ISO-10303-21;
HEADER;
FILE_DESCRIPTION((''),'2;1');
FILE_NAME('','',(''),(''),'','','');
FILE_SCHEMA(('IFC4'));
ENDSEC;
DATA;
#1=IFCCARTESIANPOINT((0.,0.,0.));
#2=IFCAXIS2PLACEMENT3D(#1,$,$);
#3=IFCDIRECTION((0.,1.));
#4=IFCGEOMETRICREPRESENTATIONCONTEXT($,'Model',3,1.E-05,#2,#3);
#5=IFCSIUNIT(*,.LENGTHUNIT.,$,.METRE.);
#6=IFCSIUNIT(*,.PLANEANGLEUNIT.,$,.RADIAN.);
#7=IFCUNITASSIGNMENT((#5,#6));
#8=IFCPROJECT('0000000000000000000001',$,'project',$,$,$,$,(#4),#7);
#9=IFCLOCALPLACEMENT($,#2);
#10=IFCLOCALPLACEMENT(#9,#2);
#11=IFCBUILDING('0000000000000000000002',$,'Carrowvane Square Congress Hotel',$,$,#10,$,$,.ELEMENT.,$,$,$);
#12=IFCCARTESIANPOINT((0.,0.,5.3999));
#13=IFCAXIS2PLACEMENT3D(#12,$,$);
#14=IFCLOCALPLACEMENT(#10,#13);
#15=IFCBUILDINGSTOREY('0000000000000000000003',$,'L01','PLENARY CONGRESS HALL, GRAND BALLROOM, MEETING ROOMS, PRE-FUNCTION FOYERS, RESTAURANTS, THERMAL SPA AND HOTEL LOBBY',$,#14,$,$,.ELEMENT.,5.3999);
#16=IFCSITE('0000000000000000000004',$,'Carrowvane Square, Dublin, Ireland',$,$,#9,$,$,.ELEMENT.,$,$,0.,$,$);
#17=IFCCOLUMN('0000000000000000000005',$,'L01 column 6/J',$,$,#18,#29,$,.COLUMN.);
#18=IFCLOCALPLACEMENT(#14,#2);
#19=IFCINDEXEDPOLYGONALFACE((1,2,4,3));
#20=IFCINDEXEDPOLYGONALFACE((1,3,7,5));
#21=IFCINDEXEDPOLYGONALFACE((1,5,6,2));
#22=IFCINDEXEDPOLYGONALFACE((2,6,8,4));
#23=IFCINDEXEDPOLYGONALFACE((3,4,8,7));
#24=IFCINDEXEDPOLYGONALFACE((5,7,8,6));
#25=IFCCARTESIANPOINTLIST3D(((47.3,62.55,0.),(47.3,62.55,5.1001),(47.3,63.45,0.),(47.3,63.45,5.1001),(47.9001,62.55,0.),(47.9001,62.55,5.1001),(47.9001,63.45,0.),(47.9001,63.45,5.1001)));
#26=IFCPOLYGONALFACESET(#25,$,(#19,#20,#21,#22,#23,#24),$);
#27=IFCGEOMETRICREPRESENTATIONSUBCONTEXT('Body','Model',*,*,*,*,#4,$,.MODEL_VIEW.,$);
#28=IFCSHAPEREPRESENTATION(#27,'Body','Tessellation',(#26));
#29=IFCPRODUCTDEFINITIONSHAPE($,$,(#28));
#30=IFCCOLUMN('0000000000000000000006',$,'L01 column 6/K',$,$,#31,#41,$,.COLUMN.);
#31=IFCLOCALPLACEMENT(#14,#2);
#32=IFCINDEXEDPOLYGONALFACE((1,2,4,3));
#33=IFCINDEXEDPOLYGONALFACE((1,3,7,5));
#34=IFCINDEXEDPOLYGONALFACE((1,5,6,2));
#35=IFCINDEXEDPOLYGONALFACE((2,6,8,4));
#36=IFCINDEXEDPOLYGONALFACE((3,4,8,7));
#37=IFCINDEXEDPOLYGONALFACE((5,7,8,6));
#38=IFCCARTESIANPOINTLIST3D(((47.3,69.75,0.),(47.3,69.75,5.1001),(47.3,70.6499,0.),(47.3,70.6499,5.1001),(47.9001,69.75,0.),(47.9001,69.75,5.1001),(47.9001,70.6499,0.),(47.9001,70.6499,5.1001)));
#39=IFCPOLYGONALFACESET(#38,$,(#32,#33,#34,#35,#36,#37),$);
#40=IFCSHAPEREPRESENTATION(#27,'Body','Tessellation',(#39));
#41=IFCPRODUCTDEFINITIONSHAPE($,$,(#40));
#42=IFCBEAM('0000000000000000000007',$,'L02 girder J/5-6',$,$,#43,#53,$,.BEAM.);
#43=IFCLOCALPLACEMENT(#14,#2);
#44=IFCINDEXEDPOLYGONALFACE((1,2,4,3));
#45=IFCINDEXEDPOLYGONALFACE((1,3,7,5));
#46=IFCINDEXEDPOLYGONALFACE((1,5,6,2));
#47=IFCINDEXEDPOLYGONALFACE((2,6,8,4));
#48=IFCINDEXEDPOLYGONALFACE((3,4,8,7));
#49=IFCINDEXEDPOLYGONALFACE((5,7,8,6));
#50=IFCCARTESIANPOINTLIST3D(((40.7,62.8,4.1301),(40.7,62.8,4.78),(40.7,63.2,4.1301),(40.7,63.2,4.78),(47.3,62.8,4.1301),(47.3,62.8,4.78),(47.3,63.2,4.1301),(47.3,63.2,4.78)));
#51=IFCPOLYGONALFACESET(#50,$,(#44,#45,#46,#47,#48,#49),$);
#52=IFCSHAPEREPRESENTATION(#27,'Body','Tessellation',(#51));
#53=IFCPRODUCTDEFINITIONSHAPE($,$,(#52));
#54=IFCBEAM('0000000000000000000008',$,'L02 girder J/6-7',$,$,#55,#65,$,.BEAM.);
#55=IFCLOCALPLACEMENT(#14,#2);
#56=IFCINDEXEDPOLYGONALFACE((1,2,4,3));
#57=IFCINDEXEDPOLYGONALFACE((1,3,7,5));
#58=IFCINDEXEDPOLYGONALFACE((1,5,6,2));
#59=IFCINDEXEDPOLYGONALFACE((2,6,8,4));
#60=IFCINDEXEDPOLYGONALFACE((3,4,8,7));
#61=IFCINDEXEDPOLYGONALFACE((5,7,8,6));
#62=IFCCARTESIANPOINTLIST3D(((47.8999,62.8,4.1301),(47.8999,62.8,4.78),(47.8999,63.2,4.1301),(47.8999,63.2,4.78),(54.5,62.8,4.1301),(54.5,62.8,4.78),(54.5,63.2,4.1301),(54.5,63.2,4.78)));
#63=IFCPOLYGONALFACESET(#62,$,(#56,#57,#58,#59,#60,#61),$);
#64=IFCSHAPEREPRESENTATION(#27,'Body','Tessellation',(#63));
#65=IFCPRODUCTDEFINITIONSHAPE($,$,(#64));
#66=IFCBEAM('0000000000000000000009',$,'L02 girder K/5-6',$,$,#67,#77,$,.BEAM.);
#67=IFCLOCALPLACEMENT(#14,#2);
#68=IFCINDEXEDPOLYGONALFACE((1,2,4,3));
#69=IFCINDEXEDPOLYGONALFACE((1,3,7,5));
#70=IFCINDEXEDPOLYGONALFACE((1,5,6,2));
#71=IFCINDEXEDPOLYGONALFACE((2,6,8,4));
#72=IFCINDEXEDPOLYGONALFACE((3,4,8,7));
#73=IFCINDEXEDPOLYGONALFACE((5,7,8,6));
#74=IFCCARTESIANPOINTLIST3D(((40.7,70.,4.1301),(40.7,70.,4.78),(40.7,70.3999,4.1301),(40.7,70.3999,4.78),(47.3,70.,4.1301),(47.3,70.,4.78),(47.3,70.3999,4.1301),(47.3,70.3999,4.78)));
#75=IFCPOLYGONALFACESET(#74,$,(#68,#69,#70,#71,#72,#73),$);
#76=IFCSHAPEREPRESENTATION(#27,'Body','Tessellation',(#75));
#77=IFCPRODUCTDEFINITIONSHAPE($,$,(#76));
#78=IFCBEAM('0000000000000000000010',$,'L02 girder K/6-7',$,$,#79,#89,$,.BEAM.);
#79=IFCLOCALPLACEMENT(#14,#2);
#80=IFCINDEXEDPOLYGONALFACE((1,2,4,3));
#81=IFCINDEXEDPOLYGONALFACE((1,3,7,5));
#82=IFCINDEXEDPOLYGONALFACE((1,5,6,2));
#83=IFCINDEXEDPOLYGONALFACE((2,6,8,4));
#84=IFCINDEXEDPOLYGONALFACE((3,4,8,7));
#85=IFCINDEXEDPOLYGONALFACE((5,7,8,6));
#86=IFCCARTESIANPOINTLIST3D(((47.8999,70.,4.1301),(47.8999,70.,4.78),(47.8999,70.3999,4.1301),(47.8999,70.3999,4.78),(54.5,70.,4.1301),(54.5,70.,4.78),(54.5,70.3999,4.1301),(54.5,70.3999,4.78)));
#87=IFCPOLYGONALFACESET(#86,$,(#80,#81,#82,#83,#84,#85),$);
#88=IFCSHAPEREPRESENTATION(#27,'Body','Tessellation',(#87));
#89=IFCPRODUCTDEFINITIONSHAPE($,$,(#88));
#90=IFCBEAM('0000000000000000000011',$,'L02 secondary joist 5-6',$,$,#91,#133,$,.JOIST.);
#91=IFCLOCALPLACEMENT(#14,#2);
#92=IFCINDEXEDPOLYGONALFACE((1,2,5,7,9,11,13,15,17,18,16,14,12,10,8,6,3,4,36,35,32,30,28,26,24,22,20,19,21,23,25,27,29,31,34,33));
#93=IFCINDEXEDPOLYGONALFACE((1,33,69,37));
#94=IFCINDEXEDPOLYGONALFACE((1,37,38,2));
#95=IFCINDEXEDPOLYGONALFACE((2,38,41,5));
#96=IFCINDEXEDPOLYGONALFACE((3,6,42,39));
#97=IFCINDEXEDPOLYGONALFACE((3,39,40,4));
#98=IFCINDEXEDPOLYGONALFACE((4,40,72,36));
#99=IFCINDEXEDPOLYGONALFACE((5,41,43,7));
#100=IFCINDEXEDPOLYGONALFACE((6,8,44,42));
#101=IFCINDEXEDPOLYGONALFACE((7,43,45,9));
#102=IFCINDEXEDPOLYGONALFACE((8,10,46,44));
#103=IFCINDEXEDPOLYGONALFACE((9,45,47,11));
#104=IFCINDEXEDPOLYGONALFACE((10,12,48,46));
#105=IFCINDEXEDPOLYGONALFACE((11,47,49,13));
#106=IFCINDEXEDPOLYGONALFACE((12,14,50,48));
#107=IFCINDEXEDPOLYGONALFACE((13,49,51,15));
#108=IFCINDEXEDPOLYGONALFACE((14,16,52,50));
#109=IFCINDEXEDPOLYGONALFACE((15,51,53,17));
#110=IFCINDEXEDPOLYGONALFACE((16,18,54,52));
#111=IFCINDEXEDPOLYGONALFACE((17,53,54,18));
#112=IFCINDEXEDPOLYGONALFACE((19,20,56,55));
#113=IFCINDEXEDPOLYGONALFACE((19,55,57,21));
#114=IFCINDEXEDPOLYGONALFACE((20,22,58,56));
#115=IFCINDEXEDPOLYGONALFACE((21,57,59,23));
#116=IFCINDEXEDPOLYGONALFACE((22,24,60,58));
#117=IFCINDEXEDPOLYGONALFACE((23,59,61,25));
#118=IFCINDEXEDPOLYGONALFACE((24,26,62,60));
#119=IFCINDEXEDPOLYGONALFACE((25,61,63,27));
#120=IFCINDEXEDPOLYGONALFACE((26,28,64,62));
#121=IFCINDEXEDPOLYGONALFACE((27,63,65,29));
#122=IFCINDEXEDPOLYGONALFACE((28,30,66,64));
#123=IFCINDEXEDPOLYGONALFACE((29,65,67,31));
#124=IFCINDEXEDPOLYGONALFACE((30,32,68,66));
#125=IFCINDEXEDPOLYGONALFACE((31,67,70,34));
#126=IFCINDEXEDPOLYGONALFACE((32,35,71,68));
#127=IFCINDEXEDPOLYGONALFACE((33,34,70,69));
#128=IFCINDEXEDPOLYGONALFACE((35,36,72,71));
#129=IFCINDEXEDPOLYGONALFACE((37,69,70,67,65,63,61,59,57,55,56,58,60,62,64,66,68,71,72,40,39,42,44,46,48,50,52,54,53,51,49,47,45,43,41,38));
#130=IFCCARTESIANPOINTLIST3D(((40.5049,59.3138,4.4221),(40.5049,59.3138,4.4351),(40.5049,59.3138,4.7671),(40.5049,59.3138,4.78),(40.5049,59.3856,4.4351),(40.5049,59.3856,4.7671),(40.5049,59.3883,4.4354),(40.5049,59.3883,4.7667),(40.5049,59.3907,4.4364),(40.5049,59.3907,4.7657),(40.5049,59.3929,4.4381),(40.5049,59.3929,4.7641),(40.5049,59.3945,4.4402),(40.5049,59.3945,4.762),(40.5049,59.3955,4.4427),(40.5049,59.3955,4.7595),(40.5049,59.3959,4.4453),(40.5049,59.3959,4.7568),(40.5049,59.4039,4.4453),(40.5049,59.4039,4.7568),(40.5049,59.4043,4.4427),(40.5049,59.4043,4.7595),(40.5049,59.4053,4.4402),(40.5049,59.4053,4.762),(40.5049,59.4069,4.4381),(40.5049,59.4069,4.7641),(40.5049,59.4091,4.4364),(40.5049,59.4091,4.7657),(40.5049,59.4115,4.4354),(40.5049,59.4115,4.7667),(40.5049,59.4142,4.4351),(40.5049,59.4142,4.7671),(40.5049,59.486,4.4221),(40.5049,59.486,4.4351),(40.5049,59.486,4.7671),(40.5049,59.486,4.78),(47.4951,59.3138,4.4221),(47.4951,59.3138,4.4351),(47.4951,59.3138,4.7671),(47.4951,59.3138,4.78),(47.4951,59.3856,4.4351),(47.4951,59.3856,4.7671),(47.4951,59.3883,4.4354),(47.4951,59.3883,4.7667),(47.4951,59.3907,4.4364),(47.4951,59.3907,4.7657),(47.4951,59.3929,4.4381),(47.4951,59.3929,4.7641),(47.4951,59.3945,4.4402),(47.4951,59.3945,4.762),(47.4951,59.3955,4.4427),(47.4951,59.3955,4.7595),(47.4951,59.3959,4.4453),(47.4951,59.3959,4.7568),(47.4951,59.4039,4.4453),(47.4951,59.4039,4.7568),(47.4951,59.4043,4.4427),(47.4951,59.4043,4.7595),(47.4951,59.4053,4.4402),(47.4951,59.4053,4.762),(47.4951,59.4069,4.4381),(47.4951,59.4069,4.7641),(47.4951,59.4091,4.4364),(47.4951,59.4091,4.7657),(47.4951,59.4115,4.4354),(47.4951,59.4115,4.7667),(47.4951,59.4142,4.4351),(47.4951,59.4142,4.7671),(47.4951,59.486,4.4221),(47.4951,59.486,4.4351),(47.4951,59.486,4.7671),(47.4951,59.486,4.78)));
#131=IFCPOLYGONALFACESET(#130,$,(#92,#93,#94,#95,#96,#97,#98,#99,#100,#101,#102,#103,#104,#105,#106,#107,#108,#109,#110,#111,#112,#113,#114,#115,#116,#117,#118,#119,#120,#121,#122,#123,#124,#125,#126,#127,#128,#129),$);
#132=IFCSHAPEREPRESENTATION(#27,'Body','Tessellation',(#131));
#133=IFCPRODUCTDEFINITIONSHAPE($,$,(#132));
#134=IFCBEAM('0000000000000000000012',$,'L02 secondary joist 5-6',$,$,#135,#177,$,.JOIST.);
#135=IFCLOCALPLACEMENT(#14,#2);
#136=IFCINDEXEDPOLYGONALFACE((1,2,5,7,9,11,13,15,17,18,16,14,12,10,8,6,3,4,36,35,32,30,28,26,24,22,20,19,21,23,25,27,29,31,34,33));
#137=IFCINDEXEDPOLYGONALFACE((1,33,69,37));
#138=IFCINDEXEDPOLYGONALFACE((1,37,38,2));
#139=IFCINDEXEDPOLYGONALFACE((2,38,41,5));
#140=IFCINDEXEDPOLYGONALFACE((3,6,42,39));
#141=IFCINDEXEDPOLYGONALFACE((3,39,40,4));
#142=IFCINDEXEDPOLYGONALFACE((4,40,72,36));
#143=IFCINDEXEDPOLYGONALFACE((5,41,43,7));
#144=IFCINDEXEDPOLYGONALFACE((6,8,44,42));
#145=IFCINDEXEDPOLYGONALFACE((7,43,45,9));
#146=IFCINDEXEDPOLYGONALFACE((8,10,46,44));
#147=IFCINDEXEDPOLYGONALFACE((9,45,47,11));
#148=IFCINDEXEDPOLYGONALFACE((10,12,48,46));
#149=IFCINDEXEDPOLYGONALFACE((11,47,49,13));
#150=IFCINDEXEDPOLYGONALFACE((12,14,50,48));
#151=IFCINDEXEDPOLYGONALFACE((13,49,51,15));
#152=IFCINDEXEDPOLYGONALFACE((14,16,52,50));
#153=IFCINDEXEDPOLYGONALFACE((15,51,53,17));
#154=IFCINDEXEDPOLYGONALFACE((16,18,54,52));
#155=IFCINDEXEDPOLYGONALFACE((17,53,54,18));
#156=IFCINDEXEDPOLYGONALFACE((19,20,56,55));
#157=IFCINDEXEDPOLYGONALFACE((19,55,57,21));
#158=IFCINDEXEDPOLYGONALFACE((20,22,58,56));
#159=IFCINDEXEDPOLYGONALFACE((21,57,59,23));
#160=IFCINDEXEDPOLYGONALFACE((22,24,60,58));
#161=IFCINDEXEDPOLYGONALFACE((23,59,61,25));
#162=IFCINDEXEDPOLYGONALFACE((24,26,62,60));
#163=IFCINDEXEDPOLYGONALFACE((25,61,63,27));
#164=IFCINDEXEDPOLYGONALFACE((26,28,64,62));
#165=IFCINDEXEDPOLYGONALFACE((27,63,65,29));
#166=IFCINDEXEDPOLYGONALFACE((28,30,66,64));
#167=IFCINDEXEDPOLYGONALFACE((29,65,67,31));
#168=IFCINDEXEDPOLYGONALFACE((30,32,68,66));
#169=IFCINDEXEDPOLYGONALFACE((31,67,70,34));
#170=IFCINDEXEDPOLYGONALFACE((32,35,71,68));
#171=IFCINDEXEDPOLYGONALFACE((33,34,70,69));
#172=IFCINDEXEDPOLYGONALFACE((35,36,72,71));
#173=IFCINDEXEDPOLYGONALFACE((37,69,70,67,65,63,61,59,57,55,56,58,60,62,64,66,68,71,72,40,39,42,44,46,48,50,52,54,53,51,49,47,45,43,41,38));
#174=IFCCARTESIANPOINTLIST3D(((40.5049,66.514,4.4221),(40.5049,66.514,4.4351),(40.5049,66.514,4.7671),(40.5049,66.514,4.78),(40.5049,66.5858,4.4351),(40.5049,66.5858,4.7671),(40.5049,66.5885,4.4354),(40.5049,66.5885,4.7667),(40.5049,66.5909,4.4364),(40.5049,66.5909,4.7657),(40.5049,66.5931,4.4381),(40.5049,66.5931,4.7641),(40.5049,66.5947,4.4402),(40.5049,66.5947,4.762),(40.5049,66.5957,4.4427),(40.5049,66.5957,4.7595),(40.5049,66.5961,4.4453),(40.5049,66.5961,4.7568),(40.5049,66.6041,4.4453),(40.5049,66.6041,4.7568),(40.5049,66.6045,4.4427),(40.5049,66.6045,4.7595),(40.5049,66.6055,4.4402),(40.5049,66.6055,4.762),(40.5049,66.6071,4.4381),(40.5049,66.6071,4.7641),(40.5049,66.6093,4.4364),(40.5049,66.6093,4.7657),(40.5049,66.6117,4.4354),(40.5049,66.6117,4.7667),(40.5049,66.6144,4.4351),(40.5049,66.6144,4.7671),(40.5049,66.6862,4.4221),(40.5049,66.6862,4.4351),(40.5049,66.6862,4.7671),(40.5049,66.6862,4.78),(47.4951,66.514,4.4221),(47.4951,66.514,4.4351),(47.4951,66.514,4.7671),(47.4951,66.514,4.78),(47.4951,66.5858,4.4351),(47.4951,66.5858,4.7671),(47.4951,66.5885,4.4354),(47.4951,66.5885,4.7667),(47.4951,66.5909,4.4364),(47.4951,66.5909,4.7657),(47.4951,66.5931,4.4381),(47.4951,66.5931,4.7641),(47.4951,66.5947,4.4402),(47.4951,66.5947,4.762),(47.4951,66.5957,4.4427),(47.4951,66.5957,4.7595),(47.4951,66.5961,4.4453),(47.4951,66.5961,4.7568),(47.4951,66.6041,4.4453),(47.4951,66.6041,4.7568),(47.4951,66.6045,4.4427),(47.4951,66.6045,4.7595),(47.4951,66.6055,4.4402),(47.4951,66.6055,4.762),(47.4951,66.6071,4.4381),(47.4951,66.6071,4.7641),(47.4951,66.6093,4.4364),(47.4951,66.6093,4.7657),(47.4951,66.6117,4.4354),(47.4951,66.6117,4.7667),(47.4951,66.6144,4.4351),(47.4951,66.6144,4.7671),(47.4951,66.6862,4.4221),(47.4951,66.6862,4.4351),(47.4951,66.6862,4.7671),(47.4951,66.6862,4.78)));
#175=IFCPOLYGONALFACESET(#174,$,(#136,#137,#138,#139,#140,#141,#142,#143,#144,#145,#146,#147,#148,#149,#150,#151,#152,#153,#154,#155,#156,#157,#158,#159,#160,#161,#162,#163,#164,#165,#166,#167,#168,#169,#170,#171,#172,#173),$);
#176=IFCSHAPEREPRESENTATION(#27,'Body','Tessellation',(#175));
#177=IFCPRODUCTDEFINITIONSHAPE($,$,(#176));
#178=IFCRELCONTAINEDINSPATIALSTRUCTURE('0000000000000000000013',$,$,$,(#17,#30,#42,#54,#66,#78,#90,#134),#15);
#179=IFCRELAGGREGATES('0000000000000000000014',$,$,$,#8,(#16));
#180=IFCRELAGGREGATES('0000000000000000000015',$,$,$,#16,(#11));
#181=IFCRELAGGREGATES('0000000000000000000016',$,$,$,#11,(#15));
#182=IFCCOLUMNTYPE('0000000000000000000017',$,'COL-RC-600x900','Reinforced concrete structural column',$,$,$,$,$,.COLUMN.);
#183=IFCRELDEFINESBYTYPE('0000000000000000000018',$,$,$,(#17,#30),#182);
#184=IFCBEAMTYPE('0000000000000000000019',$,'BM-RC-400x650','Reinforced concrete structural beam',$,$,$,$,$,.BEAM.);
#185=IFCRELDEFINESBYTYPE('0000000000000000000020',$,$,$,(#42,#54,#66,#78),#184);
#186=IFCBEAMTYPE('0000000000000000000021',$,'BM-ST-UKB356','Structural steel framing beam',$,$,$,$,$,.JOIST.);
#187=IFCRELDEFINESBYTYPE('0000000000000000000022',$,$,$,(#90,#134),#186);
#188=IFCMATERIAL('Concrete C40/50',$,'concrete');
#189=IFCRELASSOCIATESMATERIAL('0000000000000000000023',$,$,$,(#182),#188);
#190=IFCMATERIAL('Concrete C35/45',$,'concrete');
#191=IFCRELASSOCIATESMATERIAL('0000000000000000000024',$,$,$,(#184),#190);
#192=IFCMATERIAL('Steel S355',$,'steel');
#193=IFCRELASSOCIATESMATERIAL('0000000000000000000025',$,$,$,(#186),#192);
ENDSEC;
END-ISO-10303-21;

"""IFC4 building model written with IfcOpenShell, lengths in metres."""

from ifc_helpers import new_model, si_unit, direction, frame, origin, origin_2d, place, context, subcontext, project, spatial, rectangle, i_section, extrude, material, material_profile, profile_set, type_object, element, save


model = new_model("IFC4")

# Units and contexts
model_context = context("Model", 3, precision=1e-05, world=origin(), true_north=direction((0.0, 1.0)))
body_context = subcontext(model_context, "Body", "Model", "MODEL_VIEW")
ifc_project = project(units=[si_unit("LENGTHUNIT", "METRE"), si_unit("PLANEANGLEUNIT", "RADIAN")], contexts=[model_context])

# Site, building, storey
site_placement = place(None, origin())
site = spatial("IfcSite", under=ifc_project, at=site_placement, Name="Carrowvane Square, Dublin, Ireland", CompositionType="ELEMENT", RefElevation=0.0)
building_placement = place(site_placement, origin())
building = spatial("IfcBuilding", under=site, at=building_placement, Name="Carrowvane Square Congress Hotel", CompositionType="ELEMENT")
storey_placement = place(building_placement, frame((0.0, 0.0, 5.3999)))
storey = spatial("IfcBuildingStorey", under=building, at=storey_placement, Name="L01", Description="PLENARY CONGRESS HALL, GRAND BALLROOM, MEETING ROOMS, PRE-FUNCTION FOYERS, RESTAURANTS, THERMAL SPA AND HOTEL LOBBY", CompositionType="ELEMENT", Elevation=5.3999)

# Columns
ifc_material_1 = material(Name="Concrete C40/50", Category="concrete")
ifc_material_profile_1 = material_profile(ifc_material_1, rectangle(XDim=0.6001, YDim=0.8999, at=origin_2d()), Name="RC 600x900")
ifc_profile_set_1 = profile_set([ifc_material_profile_1], Name="Concrete C40/50")
column_type = type_object("IfcColumnType", Name="COL-RC-600x900", Description="Reinforced concrete structural column", PredefinedType="COLUMN", material=ifc_profile_set_1)
for number, where, z_axis, x_axis, name in (
    (1, (47.6001, 63.0, 0.0), (0.0, 0.0, 1.0), (1.0, 0.0, 0.0), "L01 column 6/J"),
    (2, (47.6001, 70.2, 0.0), (0.0, 0.0, 1.0), (1.0, 0.0, 0.0), "L01 column 6/K"),
):
    element("IfcColumn", number, at=place(storey_placement, frame(where, z_axis=z_axis, x_axis=x_axis)), inside=storey, type_object=column_type, Name=name, PredefinedType="COLUMN", context=body_context, shape_type="SweptSolid", body=[
        extrude(rectangle(XDim=0.6001, YDim=0.8999, at=origin_2d()), origin(), (0.0, 0.0, 1.0), 5.1001),
    ])

# Beams
ifc_material_2 = material(Name="Concrete C35/45", Category="concrete")
ifc_material_profile_2 = material_profile(ifc_material_2, rectangle(XDim=0.3999, YDim=0.6499, at=origin_2d()), Name="RC 400x650")
ifc_profile_set_2 = profile_set([ifc_material_profile_2], Name="Concrete C35/45")
beam_type_1 = type_object("IfcBeamType", Name="BM-RC-400x650", Description="Reinforced concrete structural beam", PredefinedType="BEAM", material=ifc_profile_set_2)
for number, where, z_axis, x_axis, name in (
    (3, (40.7, 63.0, 4.4551), (1.0, 0.0, 0.0), (0.0, 1.0, 0.0), "L02 girder J/5-6"),
    (4, (47.8999, 63.0, 4.4551), (1.0, 0.0, 0.0), (0.0, 1.0, 0.0), "L02 girder J/6-7"),
    (5, (40.7, 70.2, 4.4551), (1.0, 0.0, 0.0), (0.0, 1.0, 0.0), "L02 girder K/5-6"),
    (6, (47.8999, 70.2, 4.4551), (1.0, 0.0, 0.0), (0.0, 1.0, 0.0), "L02 girder K/6-7"),
):
    element("IfcBeam", number, at=place(storey_placement, frame(where, z_axis=z_axis, x_axis=x_axis)), inside=storey, type_object=beam_type_1, Name=name, PredefinedType="BEAM", context=body_context, shape_type="SweptSolid", body=[
        extrude(rectangle(XDim=0.3999, YDim=0.6499, at=origin_2d()), origin(), (0.0, 0.0, 1.0), 6.6001),
    ])
ifc_material_3 = material(Name="Steel S355", Category="steel")
ifc_material_profile_3 = material_profile(ifc_material_3, i_section(OverallWidth=0.1721, OverallDepth=0.3579, WebThickness=0.0081, FlangeThickness=0.0129, FilletRadius=0.0103, at=origin_2d()), Name="UKB 356x171x57")
ifc_profile_set_3 = profile_set([ifc_material_profile_3], Name="Steel S355")
beam_type_2 = type_object("IfcBeamType", Name="BM-ST-UKB356", Description="Structural steel framing beam", PredefinedType="JOIST", material=ifc_profile_set_3)
for number, where, z_axis, x_axis, name in (
    (7, (40.5049, 59.3999, 4.6011), (1.0, 0.0, 0.0), (0.0, 1.0, 0.0), "L02 secondary joist 5-6"),
    (8, (40.5049, 66.6001, 4.6011), (1.0, 0.0, 0.0), (0.0, 1.0, 0.0), "L02 secondary joist 5-6"),
):
    element("IfcBeam", number, at=place(storey_placement, frame(where, z_axis=z_axis, x_axis=x_axis)), inside=storey, type_object=beam_type_2, Name=name, PredefinedType="JOIST", context=body_context, shape_type="SweptSolid", body=[
        extrude(i_section(OverallWidth=0.1721, OverallDepth=0.3579, WebThickness=0.0081, FlangeThickness=0.0129, FilletRadius=0.0103, at=origin_2d()), origin(), (0.0, 0.0, 1.0), 6.9902),
    ])

save(model, "model.ifc")
